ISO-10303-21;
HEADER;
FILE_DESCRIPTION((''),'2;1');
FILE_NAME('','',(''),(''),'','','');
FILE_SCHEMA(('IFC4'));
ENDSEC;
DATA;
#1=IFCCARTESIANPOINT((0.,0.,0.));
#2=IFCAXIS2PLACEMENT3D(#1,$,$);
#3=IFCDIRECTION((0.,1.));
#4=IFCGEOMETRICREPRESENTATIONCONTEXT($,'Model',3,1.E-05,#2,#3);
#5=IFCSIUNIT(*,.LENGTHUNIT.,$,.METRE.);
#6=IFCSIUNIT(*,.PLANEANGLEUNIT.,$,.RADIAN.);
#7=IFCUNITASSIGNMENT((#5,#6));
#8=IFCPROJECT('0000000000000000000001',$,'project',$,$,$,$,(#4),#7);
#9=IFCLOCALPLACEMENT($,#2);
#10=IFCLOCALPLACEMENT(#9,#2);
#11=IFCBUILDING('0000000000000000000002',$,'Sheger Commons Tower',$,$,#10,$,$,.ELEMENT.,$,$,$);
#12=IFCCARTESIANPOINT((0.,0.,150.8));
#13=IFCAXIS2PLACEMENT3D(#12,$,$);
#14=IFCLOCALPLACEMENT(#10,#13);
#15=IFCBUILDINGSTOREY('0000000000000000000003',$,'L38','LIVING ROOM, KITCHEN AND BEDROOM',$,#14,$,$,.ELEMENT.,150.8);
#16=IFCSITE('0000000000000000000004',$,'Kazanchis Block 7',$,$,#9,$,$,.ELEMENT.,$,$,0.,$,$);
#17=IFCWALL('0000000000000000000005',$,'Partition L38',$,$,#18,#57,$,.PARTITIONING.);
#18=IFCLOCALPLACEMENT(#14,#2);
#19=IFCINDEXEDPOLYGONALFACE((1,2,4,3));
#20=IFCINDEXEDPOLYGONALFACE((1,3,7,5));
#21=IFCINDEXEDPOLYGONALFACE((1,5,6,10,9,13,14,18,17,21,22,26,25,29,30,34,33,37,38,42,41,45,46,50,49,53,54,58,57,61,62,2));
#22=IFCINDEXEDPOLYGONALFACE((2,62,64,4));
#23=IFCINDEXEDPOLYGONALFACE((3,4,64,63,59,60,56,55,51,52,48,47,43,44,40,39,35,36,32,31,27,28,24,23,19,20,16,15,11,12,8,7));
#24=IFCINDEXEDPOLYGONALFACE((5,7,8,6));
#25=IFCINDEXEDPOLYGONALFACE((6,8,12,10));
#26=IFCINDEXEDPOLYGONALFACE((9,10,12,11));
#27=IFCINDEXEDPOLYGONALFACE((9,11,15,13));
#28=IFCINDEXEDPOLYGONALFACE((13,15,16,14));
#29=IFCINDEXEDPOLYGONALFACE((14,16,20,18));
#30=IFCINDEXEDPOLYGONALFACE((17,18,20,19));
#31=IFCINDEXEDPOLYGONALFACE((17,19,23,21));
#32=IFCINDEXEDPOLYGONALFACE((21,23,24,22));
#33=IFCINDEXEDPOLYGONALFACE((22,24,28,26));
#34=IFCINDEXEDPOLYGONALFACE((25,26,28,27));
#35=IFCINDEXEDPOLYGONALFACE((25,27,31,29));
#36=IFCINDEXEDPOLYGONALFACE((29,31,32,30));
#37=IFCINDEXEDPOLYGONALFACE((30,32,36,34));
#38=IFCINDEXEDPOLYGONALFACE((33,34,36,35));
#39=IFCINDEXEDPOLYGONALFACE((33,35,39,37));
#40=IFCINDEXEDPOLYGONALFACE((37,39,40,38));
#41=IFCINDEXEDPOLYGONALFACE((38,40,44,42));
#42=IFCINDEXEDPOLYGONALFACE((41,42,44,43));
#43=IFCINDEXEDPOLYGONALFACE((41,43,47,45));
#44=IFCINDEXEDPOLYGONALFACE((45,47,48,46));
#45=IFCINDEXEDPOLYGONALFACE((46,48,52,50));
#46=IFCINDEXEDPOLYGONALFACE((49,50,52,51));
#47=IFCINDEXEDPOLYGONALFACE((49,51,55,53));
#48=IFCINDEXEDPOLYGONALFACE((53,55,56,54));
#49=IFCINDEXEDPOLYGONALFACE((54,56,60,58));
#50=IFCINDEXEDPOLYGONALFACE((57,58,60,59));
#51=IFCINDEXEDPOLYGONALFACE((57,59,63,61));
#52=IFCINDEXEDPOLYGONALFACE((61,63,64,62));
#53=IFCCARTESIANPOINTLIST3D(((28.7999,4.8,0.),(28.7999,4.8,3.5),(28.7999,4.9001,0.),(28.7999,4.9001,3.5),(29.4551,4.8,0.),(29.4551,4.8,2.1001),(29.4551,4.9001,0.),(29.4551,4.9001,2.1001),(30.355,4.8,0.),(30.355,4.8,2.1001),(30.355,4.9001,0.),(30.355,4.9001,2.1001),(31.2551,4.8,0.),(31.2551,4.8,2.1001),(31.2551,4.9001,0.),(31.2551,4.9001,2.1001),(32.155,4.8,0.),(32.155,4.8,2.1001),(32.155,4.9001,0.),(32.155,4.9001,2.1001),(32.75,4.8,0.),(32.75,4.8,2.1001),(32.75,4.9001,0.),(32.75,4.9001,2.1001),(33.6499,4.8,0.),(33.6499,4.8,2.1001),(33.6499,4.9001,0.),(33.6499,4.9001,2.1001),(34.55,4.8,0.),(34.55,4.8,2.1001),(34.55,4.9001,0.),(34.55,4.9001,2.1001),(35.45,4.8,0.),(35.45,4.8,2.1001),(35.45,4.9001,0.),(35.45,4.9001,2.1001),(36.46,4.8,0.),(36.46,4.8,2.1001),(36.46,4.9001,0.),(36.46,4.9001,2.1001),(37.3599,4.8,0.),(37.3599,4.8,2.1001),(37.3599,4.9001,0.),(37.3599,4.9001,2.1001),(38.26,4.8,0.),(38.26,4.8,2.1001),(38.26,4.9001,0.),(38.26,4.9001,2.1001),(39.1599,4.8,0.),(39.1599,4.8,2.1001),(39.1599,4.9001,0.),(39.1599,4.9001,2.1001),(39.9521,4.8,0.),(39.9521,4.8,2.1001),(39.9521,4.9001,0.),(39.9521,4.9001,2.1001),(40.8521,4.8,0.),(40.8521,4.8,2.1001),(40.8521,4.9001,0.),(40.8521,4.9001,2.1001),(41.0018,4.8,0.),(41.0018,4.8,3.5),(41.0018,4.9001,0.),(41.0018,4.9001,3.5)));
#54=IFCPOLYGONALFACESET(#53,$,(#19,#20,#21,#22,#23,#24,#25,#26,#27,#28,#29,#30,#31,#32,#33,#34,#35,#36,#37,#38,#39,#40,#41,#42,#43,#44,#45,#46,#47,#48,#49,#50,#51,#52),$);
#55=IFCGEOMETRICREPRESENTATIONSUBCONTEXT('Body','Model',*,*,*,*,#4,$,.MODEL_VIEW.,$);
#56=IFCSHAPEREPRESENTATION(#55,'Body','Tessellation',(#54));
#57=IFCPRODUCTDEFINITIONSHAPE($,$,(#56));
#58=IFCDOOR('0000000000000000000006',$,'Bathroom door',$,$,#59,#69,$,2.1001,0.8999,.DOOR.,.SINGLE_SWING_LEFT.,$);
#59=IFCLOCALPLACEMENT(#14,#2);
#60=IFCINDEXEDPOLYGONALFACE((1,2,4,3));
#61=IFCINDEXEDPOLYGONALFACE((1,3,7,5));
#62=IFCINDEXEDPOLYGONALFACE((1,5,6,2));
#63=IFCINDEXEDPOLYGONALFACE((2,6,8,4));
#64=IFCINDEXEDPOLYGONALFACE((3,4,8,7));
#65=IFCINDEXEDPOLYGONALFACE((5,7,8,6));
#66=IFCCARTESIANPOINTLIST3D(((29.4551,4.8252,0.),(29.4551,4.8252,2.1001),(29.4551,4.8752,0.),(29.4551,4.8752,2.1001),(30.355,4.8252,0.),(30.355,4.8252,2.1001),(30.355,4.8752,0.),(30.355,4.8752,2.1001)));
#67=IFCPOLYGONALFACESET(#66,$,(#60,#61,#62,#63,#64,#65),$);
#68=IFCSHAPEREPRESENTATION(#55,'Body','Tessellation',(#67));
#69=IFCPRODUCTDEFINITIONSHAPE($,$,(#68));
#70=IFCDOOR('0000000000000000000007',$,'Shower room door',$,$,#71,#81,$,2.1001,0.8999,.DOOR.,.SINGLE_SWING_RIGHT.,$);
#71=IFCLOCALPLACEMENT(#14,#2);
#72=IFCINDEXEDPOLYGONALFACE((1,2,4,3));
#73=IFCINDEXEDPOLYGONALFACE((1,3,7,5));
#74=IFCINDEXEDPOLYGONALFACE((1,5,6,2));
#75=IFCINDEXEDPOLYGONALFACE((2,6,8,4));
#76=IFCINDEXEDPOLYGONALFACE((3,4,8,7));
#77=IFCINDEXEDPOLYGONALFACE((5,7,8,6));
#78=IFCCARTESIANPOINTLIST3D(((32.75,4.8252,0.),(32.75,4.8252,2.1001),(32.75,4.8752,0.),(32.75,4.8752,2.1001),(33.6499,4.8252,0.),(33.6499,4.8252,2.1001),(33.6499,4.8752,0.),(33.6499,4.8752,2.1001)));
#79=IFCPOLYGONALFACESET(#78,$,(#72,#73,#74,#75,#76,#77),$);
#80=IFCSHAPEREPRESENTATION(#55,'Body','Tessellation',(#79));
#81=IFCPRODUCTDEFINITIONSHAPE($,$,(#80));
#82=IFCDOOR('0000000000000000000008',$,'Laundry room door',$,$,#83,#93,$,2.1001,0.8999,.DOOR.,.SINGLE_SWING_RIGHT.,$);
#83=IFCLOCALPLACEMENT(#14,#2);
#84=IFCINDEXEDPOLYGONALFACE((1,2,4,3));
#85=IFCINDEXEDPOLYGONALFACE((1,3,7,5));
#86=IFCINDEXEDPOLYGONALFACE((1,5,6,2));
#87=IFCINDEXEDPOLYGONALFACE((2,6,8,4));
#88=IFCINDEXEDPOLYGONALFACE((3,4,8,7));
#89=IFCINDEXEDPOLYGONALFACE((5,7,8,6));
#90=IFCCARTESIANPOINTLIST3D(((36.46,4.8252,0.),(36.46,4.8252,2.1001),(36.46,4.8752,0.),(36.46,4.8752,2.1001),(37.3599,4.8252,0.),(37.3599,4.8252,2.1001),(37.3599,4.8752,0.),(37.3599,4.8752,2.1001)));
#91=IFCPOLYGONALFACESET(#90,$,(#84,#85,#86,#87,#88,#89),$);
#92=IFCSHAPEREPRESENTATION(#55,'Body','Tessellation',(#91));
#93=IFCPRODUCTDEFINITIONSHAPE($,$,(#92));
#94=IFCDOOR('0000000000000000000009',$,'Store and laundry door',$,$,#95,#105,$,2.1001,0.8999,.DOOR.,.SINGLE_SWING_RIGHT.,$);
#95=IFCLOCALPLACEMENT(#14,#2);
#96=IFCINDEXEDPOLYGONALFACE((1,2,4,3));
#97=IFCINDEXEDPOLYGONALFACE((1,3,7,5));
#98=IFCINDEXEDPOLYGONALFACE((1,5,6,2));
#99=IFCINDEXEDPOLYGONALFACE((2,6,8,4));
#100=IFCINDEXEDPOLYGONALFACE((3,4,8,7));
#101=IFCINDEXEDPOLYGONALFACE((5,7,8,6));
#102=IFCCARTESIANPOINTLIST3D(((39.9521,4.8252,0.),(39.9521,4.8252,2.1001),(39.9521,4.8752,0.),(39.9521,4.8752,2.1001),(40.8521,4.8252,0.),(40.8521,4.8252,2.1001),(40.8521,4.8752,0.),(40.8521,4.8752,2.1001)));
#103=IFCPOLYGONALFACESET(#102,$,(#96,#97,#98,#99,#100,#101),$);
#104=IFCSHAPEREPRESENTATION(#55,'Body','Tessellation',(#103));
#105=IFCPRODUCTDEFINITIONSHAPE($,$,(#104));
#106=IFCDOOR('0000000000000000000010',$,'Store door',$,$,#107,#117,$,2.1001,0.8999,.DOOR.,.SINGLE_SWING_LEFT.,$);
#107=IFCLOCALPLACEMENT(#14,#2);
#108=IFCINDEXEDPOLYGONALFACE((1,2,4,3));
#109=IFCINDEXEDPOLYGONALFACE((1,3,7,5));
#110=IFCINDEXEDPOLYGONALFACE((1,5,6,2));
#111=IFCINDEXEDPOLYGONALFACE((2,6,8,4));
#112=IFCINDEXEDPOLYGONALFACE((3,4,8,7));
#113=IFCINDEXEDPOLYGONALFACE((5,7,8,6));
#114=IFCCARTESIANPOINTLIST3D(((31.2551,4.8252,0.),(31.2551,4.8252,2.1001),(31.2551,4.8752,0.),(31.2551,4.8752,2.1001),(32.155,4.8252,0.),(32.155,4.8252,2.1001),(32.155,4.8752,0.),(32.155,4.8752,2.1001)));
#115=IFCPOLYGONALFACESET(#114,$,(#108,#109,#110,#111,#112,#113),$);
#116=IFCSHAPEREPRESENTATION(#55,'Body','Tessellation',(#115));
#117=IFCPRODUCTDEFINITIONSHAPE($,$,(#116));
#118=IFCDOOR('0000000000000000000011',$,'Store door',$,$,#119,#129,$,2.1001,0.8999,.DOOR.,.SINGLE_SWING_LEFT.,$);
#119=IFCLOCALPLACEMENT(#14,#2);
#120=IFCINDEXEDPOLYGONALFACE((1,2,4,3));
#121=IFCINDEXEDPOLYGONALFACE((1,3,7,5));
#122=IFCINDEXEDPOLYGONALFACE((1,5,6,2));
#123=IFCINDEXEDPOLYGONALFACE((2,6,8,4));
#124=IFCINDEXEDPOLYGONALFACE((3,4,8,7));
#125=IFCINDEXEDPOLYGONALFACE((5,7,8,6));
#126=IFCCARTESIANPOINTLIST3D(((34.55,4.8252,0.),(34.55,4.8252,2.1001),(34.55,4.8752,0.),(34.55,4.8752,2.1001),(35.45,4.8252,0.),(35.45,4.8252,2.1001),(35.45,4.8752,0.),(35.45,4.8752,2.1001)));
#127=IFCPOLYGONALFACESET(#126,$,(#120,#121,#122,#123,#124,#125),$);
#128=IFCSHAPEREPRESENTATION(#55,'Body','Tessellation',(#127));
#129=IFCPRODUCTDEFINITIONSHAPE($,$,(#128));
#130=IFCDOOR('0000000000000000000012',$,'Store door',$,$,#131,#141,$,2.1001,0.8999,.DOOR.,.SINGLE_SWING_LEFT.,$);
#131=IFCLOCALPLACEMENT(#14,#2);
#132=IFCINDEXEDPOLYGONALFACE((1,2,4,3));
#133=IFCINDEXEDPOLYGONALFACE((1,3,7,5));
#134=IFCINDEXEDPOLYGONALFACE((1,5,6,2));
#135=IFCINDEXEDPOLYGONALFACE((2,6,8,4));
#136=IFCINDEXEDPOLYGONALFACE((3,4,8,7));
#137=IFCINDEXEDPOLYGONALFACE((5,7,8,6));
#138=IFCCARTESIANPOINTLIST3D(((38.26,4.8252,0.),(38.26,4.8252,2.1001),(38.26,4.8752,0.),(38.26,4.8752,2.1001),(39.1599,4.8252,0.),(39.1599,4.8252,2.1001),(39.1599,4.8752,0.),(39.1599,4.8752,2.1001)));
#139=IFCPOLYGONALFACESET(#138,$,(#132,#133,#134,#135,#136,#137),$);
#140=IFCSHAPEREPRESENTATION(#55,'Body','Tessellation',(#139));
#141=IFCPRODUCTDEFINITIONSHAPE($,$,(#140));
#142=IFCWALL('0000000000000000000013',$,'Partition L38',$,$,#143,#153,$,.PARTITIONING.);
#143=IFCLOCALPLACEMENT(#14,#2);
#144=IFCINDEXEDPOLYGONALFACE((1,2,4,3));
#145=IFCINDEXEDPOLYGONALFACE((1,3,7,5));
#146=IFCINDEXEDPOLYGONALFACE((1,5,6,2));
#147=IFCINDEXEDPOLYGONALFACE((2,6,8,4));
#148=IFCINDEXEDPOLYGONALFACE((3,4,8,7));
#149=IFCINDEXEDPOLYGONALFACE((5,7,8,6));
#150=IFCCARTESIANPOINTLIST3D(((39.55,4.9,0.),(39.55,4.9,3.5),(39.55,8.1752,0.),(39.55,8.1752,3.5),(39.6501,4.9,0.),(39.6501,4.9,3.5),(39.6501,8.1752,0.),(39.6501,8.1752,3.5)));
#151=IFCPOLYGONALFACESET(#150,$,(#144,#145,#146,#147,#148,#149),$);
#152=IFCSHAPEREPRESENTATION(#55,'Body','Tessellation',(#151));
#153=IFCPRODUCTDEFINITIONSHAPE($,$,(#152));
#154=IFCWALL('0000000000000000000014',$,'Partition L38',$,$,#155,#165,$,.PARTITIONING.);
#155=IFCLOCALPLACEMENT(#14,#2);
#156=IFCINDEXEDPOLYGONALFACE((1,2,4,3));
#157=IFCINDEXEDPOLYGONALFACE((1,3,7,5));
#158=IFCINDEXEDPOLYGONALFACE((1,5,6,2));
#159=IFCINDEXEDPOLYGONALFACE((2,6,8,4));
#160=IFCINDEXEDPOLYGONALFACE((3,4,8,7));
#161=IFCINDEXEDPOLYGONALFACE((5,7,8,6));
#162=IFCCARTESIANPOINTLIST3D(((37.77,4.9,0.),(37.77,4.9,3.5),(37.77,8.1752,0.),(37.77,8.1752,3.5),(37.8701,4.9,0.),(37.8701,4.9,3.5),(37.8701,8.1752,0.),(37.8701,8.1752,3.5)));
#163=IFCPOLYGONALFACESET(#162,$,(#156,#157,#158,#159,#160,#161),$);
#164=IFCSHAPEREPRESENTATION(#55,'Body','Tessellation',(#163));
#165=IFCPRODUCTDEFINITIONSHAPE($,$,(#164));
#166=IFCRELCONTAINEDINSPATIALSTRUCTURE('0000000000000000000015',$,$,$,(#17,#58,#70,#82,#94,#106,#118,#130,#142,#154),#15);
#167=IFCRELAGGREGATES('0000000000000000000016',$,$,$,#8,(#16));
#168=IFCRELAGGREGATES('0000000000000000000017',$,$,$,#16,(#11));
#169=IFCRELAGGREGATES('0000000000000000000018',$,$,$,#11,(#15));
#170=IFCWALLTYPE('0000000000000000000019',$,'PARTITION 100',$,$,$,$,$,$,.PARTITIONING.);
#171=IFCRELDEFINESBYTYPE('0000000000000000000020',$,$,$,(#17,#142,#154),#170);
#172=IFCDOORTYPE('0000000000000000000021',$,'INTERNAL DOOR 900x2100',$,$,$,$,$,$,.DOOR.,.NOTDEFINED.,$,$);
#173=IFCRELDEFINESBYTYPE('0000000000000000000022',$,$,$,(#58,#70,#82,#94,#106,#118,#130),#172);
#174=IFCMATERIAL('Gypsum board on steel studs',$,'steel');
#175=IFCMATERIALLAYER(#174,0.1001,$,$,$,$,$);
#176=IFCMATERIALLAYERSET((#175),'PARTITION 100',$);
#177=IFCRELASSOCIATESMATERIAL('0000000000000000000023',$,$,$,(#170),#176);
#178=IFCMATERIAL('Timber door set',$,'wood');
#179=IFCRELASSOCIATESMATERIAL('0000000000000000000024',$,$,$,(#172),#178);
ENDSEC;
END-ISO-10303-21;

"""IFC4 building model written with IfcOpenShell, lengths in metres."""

from ifc_helpers import new_model, si_unit, direction, frame, frame_2d, origin, place, context, subcontext, project, spatial, rectangle, extrude, material, layer, layer_set, type_object, element, fill, save


model = new_model("IFC4")

# Units and contexts
model_context = context("Model", 3, precision=1e-05, world=origin(), true_north=direction((0.0, 1.0)))
body_context = subcontext(model_context, "Body", "Model", "MODEL_VIEW")
ifc_project = project(units=[si_unit("LENGTHUNIT", "METRE"), si_unit("PLANEANGLEUNIT", "RADIAN")], contexts=[model_context])

# Site, building, storey
site_placement = place(None, origin())
site = spatial("IfcSite", under=ifc_project, at=site_placement, Name="Kazanchis Block 7", CompositionType="ELEMENT", RefElevation=0.0)
building_placement = place(site_placement, origin())
building = spatial("IfcBuilding", under=site, at=building_placement, Name="Sheger Commons Tower", CompositionType="ELEMENT")
storey_placement = place(building_placement, frame((0.0, 0.0, 150.8)))
storey = spatial("IfcBuildingStorey", under=building, at=storey_placement, Name="L38", Description="LIVING ROOM, KITCHEN AND BEDROOM", CompositionType="ELEMENT", Elevation=150.8)

# Wall, openings, doors
ifc_material_1 = material(Name="Gypsum board on steel studs", Category="steel")
ifc_layer_1 = layer(ifc_material_1, 0.1001)
ifc_layer_set_1 = layer_set([ifc_layer_1], Name="PARTITION 100")
wall_type_1 = type_object("IfcWallType", Name="PARTITION 100", PredefinedType="PARTITIONING", material=ifc_layer_set_1)
ifc_material_2 = material(Name="Timber door set", Category="wood")
door_type = type_object("IfcDoorType", Name="INTERNAL DOOR 900x2100", OperationType="NOTDEFINED", PredefinedType="DOOR", material=ifc_material_2)
wall_1_placement = place(storey_placement, frame((41.002, 4.8501, 0.0), z_axis=(0.0, 0.0, 1.0), x_axis=(-1.0, 0.0, 0.0)))
wall_1 = element("IfcWall", 1, at=wall_1_placement, inside=storey, type_object=wall_type_1, Name="Partition L38", PredefinedType="PARTITIONING", context=body_context, shape_type="SweptSolid", body=[
    extrude(rectangle(XDim=12.2019, YDim=0.1001, at=frame_2d((6.1011, 0.0))), origin(), (0.0, 0.0, 1.0), 3.5),
])
opening_1_placement = place(wall_1_placement, frame((10.647, 0.0, 0.0)))
opening_1 = element("IfcOpeningElement", 2, at=opening_1_placement, cuts=wall_1, PredefinedType="OPENING", context=body_context, shape_type="SweptSolid", body=[
    extrude(rectangle(XDim=0.8999, YDim=2.1001, at=frame_2d((0.45, 1.05))), frame((0.0, 0.0601, 0.0), z_axis=(0.0, -1.0, 0.0), x_axis=(1.0, 0.0, 0.0)), (0.0, 0.0, 1.0), 0.1201),
])
opening_2_placement = place(wall_1_placement, frame((7.3521, 0.0, 0.0)))
opening_2 = element("IfcOpeningElement", 3, at=opening_2_placement, cuts=wall_1, PredefinedType="OPENING", context=body_context, shape_type="SweptSolid", body=[
    extrude(rectangle(XDim=0.8999, YDim=2.1001, at=frame_2d((0.45, 1.05))), frame((0.0, 0.0601, 0.0), z_axis=(0.0, -1.0, 0.0), x_axis=(1.0, 0.0, 0.0)), (0.0, 0.0, 1.0), 0.1201),
])
opening_3_placement = place(wall_1_placement, frame((3.6421, 0.0, 0.0)))
opening_3 = element("IfcOpeningElement", 4, at=opening_3_placement, cuts=wall_1, PredefinedType="OPENING", context=body_context, shape_type="SweptSolid", body=[
    extrude(rectangle(XDim=0.8999, YDim=2.1001, at=frame_2d((0.45, 1.05))), frame((0.0, 0.0601, 0.0), z_axis=(0.0, -1.0, 0.0), x_axis=(1.0, 0.0, 0.0)), (0.0, 0.0, 1.0), 0.1201),
])
opening_4_placement = place(wall_1_placement, frame((0.1499, 0.0, 0.0)))
opening_4 = element("IfcOpeningElement", 5, at=opening_4_placement, cuts=wall_1, PredefinedType="OPENING", context=body_context, shape_type="SweptSolid", body=[
    extrude(rectangle(XDim=0.8999, YDim=2.1001, at=frame_2d((0.45, 1.05))), frame((0.0, 0.0601, 0.0), z_axis=(0.0, -1.0, 0.0), x_axis=(1.0, 0.0, 0.0)), (0.0, 0.0, 1.0), 0.1201),
])
opening_5_placement = place(wall_1_placement, frame((8.8469, 0.0, 0.0)))
opening_5 = element("IfcOpeningElement", 6, at=opening_5_placement, cuts=wall_1, PredefinedType="OPENING", context=body_context, shape_type="SweptSolid", body=[
    extrude(rectangle(XDim=0.8999, YDim=2.1001, at=frame_2d((0.45, 1.05))), frame((0.0, 0.0601, 0.0), z_axis=(0.0, -1.0, 0.0), x_axis=(1.0, 0.0, 0.0)), (0.0, 0.0, 1.0), 0.1201),
])
opening_6_placement = place(wall_1_placement, frame((5.552, 0.0, 0.0)))
opening_6 = element("IfcOpeningElement", 7, at=opening_6_placement, cuts=wall_1, PredefinedType="OPENING", context=body_context, shape_type="SweptSolid", body=[
    extrude(rectangle(XDim=0.8999, YDim=2.1001, at=frame_2d((0.45, 1.05))), frame((0.0, 0.0601, 0.0), z_axis=(0.0, -1.0, 0.0), x_axis=(1.0, 0.0, 0.0)), (0.0, 0.0, 1.0), 0.1201),
])
opening_7_placement = place(wall_1_placement, frame((1.842, 0.0, 0.0)))
opening_7 = element("IfcOpeningElement", 8, at=opening_7_placement, cuts=wall_1, PredefinedType="OPENING", context=body_context, shape_type="SweptSolid", body=[
    extrude(rectangle(XDim=0.8999, YDim=2.1001, at=frame_2d((0.45, 1.05))), frame((0.0, 0.0601, 0.0), z_axis=(0.0, -1.0, 0.0), x_axis=(1.0, 0.0, 0.0)), (0.0, 0.0, 1.0), 0.1201),
])
door_1_placement = place(opening_1_placement, origin())
door_1 = element("IfcDoor", 9, at=door_1_placement, inside=storey, type_object=door_type, Name="Bathroom door", OperationType="SINGLE_SWING_LEFT", OverallHeight=2.1001, OverallWidth=0.8999, PredefinedType="DOOR", context=body_context, shape_type="SweptSolid", body=[
    extrude(rectangle(XDim=0.8999, YDim=2.1001, at=frame_2d((0.45, 1.05))), frame((0.0, 0.0249, 0.0), z_axis=(0.0, -1.0, 0.0), x_axis=(1.0, 0.0, 0.0)), (0.0, 0.0, 1.0), 0.05),
])
fill(opening_1, door_1)
door_2_placement = place(opening_2_placement, origin())
door_2 = element("IfcDoor", 10, at=door_2_placement, inside=storey, type_object=door_type, Name="Shower room door", OperationType="SINGLE_SWING_RIGHT", OverallHeight=2.1001, OverallWidth=0.8999, PredefinedType="DOOR", context=body_context, shape_type="SweptSolid", body=[
    extrude(rectangle(XDim=0.8999, YDim=2.1001, at=frame_2d((0.45, 1.05))), frame((0.0, 0.0249, 0.0), z_axis=(0.0, -1.0, 0.0), x_axis=(1.0, 0.0, 0.0)), (0.0, 0.0, 1.0), 0.05),
])
fill(opening_2, door_2)
door_3_placement = place(opening_3_placement, origin())
door_3 = element("IfcDoor", 11, at=door_3_placement, inside=storey, type_object=door_type, Name="Laundry room door", OperationType="SINGLE_SWING_RIGHT", OverallHeight=2.1001, OverallWidth=0.8999, PredefinedType="DOOR", context=body_context, shape_type="SweptSolid", body=[
    extrude(rectangle(XDim=0.8999, YDim=2.1001, at=frame_2d((0.45, 1.05))), frame((0.0, 0.0249, 0.0), z_axis=(0.0, -1.0, 0.0), x_axis=(1.0, 0.0, 0.0)), (0.0, 0.0, 1.0), 0.05),
])
fill(opening_3, door_3)
door_4_placement = place(opening_4_placement, origin())
door_4 = element("IfcDoor", 12, at=door_4_placement, inside=storey, type_object=door_type, Name="Store and laundry door", OperationType="SINGLE_SWING_RIGHT", OverallHeight=2.1001, OverallWidth=0.8999, PredefinedType="DOOR", context=body_context, shape_type="SweptSolid", body=[
    extrude(rectangle(XDim=0.8999, YDim=2.1001, at=frame_2d((0.45, 1.05))), frame((0.0, 0.0249, 0.0), z_axis=(0.0, -1.0, 0.0), x_axis=(1.0, 0.0, 0.0)), (0.0, 0.0, 1.0), 0.05),
])
fill(opening_4, door_4)
door_5_placement = place(opening_5_placement, origin())
door_5 = element("IfcDoor", 13, at=door_5_placement, inside=storey, type_object=door_type, Name="Store door", OperationType="SINGLE_SWING_LEFT", OverallHeight=2.1001, OverallWidth=0.8999, PredefinedType="DOOR", context=body_context, shape_type="SweptSolid", body=[
    extrude(rectangle(XDim=0.8999, YDim=2.1001, at=frame_2d((0.45, 1.05))), frame((0.0, 0.0249, 0.0), z_axis=(0.0, -1.0, 0.0), x_axis=(1.0, 0.0, 0.0)), (0.0, 0.0, 1.0), 0.05),
])
fill(opening_5, door_5)
door_6_placement = place(opening_6_placement, origin())
door_6 = element("IfcDoor", 14, at=door_6_placement, inside=storey, type_object=door_type, Name="Store door", OperationType="SINGLE_SWING_LEFT", OverallHeight=2.1001, OverallWidth=0.8999, PredefinedType="DOOR", context=body_context, shape_type="SweptSolid", body=[
    extrude(rectangle(XDim=0.8999, YDim=2.1001, at=frame_2d((0.45, 1.05))), frame((0.0, 0.0249, 0.0), z_axis=(0.0, -1.0, 0.0), x_axis=(1.0, 0.0, 0.0)), (0.0, 0.0, 1.0), 0.05),
])
fill(opening_6, door_6)
door_7_placement = place(opening_7_placement, origin())
door_7 = element("IfcDoor", 15, at=door_7_placement, inside=storey, type_object=door_type, Name="Store door", OperationType="SINGLE_SWING_LEFT", OverallHeight=2.1001, OverallWidth=0.8999, PredefinedType="DOOR", context=body_context, shape_type="SweptSolid", body=[
    extrude(rectangle(XDim=0.8999, YDim=2.1001, at=frame_2d((0.45, 1.05))), frame((0.0, 0.0249, 0.0), z_axis=(0.0, -1.0, 0.0), x_axis=(1.0, 0.0, 0.0)), (0.0, 0.0, 1.0), 0.05),
])
fill(opening_7, door_7)

# Walls
for number, where, z_axis, x_axis, name in (
    (16, (39.6001, 4.8999, 0.0), (0.0, 0.0, 1.0), (0.0, 1.0, 0.0), "Partition L38"),
    (17, (37.8201, 4.8999, 0.0), (0.0, 0.0, 1.0), (0.0, 1.0, 0.0), "Partition L38"),
):
    element("IfcWall", number, at=place(storey_placement, frame(where, z_axis=z_axis, x_axis=x_axis)), inside=storey, type_object=wall_type_1, Name=name, PredefinedType="PARTITIONING", context=body_context, shape_type="SweptSolid", body=[
        extrude(rectangle(XDim=3.2751, YDim=0.1001, at=frame_2d((1.6377, 0.0))), origin(), (0.0, 0.0, 1.0), 3.5),
    ])

save(model, "model.ifc")
